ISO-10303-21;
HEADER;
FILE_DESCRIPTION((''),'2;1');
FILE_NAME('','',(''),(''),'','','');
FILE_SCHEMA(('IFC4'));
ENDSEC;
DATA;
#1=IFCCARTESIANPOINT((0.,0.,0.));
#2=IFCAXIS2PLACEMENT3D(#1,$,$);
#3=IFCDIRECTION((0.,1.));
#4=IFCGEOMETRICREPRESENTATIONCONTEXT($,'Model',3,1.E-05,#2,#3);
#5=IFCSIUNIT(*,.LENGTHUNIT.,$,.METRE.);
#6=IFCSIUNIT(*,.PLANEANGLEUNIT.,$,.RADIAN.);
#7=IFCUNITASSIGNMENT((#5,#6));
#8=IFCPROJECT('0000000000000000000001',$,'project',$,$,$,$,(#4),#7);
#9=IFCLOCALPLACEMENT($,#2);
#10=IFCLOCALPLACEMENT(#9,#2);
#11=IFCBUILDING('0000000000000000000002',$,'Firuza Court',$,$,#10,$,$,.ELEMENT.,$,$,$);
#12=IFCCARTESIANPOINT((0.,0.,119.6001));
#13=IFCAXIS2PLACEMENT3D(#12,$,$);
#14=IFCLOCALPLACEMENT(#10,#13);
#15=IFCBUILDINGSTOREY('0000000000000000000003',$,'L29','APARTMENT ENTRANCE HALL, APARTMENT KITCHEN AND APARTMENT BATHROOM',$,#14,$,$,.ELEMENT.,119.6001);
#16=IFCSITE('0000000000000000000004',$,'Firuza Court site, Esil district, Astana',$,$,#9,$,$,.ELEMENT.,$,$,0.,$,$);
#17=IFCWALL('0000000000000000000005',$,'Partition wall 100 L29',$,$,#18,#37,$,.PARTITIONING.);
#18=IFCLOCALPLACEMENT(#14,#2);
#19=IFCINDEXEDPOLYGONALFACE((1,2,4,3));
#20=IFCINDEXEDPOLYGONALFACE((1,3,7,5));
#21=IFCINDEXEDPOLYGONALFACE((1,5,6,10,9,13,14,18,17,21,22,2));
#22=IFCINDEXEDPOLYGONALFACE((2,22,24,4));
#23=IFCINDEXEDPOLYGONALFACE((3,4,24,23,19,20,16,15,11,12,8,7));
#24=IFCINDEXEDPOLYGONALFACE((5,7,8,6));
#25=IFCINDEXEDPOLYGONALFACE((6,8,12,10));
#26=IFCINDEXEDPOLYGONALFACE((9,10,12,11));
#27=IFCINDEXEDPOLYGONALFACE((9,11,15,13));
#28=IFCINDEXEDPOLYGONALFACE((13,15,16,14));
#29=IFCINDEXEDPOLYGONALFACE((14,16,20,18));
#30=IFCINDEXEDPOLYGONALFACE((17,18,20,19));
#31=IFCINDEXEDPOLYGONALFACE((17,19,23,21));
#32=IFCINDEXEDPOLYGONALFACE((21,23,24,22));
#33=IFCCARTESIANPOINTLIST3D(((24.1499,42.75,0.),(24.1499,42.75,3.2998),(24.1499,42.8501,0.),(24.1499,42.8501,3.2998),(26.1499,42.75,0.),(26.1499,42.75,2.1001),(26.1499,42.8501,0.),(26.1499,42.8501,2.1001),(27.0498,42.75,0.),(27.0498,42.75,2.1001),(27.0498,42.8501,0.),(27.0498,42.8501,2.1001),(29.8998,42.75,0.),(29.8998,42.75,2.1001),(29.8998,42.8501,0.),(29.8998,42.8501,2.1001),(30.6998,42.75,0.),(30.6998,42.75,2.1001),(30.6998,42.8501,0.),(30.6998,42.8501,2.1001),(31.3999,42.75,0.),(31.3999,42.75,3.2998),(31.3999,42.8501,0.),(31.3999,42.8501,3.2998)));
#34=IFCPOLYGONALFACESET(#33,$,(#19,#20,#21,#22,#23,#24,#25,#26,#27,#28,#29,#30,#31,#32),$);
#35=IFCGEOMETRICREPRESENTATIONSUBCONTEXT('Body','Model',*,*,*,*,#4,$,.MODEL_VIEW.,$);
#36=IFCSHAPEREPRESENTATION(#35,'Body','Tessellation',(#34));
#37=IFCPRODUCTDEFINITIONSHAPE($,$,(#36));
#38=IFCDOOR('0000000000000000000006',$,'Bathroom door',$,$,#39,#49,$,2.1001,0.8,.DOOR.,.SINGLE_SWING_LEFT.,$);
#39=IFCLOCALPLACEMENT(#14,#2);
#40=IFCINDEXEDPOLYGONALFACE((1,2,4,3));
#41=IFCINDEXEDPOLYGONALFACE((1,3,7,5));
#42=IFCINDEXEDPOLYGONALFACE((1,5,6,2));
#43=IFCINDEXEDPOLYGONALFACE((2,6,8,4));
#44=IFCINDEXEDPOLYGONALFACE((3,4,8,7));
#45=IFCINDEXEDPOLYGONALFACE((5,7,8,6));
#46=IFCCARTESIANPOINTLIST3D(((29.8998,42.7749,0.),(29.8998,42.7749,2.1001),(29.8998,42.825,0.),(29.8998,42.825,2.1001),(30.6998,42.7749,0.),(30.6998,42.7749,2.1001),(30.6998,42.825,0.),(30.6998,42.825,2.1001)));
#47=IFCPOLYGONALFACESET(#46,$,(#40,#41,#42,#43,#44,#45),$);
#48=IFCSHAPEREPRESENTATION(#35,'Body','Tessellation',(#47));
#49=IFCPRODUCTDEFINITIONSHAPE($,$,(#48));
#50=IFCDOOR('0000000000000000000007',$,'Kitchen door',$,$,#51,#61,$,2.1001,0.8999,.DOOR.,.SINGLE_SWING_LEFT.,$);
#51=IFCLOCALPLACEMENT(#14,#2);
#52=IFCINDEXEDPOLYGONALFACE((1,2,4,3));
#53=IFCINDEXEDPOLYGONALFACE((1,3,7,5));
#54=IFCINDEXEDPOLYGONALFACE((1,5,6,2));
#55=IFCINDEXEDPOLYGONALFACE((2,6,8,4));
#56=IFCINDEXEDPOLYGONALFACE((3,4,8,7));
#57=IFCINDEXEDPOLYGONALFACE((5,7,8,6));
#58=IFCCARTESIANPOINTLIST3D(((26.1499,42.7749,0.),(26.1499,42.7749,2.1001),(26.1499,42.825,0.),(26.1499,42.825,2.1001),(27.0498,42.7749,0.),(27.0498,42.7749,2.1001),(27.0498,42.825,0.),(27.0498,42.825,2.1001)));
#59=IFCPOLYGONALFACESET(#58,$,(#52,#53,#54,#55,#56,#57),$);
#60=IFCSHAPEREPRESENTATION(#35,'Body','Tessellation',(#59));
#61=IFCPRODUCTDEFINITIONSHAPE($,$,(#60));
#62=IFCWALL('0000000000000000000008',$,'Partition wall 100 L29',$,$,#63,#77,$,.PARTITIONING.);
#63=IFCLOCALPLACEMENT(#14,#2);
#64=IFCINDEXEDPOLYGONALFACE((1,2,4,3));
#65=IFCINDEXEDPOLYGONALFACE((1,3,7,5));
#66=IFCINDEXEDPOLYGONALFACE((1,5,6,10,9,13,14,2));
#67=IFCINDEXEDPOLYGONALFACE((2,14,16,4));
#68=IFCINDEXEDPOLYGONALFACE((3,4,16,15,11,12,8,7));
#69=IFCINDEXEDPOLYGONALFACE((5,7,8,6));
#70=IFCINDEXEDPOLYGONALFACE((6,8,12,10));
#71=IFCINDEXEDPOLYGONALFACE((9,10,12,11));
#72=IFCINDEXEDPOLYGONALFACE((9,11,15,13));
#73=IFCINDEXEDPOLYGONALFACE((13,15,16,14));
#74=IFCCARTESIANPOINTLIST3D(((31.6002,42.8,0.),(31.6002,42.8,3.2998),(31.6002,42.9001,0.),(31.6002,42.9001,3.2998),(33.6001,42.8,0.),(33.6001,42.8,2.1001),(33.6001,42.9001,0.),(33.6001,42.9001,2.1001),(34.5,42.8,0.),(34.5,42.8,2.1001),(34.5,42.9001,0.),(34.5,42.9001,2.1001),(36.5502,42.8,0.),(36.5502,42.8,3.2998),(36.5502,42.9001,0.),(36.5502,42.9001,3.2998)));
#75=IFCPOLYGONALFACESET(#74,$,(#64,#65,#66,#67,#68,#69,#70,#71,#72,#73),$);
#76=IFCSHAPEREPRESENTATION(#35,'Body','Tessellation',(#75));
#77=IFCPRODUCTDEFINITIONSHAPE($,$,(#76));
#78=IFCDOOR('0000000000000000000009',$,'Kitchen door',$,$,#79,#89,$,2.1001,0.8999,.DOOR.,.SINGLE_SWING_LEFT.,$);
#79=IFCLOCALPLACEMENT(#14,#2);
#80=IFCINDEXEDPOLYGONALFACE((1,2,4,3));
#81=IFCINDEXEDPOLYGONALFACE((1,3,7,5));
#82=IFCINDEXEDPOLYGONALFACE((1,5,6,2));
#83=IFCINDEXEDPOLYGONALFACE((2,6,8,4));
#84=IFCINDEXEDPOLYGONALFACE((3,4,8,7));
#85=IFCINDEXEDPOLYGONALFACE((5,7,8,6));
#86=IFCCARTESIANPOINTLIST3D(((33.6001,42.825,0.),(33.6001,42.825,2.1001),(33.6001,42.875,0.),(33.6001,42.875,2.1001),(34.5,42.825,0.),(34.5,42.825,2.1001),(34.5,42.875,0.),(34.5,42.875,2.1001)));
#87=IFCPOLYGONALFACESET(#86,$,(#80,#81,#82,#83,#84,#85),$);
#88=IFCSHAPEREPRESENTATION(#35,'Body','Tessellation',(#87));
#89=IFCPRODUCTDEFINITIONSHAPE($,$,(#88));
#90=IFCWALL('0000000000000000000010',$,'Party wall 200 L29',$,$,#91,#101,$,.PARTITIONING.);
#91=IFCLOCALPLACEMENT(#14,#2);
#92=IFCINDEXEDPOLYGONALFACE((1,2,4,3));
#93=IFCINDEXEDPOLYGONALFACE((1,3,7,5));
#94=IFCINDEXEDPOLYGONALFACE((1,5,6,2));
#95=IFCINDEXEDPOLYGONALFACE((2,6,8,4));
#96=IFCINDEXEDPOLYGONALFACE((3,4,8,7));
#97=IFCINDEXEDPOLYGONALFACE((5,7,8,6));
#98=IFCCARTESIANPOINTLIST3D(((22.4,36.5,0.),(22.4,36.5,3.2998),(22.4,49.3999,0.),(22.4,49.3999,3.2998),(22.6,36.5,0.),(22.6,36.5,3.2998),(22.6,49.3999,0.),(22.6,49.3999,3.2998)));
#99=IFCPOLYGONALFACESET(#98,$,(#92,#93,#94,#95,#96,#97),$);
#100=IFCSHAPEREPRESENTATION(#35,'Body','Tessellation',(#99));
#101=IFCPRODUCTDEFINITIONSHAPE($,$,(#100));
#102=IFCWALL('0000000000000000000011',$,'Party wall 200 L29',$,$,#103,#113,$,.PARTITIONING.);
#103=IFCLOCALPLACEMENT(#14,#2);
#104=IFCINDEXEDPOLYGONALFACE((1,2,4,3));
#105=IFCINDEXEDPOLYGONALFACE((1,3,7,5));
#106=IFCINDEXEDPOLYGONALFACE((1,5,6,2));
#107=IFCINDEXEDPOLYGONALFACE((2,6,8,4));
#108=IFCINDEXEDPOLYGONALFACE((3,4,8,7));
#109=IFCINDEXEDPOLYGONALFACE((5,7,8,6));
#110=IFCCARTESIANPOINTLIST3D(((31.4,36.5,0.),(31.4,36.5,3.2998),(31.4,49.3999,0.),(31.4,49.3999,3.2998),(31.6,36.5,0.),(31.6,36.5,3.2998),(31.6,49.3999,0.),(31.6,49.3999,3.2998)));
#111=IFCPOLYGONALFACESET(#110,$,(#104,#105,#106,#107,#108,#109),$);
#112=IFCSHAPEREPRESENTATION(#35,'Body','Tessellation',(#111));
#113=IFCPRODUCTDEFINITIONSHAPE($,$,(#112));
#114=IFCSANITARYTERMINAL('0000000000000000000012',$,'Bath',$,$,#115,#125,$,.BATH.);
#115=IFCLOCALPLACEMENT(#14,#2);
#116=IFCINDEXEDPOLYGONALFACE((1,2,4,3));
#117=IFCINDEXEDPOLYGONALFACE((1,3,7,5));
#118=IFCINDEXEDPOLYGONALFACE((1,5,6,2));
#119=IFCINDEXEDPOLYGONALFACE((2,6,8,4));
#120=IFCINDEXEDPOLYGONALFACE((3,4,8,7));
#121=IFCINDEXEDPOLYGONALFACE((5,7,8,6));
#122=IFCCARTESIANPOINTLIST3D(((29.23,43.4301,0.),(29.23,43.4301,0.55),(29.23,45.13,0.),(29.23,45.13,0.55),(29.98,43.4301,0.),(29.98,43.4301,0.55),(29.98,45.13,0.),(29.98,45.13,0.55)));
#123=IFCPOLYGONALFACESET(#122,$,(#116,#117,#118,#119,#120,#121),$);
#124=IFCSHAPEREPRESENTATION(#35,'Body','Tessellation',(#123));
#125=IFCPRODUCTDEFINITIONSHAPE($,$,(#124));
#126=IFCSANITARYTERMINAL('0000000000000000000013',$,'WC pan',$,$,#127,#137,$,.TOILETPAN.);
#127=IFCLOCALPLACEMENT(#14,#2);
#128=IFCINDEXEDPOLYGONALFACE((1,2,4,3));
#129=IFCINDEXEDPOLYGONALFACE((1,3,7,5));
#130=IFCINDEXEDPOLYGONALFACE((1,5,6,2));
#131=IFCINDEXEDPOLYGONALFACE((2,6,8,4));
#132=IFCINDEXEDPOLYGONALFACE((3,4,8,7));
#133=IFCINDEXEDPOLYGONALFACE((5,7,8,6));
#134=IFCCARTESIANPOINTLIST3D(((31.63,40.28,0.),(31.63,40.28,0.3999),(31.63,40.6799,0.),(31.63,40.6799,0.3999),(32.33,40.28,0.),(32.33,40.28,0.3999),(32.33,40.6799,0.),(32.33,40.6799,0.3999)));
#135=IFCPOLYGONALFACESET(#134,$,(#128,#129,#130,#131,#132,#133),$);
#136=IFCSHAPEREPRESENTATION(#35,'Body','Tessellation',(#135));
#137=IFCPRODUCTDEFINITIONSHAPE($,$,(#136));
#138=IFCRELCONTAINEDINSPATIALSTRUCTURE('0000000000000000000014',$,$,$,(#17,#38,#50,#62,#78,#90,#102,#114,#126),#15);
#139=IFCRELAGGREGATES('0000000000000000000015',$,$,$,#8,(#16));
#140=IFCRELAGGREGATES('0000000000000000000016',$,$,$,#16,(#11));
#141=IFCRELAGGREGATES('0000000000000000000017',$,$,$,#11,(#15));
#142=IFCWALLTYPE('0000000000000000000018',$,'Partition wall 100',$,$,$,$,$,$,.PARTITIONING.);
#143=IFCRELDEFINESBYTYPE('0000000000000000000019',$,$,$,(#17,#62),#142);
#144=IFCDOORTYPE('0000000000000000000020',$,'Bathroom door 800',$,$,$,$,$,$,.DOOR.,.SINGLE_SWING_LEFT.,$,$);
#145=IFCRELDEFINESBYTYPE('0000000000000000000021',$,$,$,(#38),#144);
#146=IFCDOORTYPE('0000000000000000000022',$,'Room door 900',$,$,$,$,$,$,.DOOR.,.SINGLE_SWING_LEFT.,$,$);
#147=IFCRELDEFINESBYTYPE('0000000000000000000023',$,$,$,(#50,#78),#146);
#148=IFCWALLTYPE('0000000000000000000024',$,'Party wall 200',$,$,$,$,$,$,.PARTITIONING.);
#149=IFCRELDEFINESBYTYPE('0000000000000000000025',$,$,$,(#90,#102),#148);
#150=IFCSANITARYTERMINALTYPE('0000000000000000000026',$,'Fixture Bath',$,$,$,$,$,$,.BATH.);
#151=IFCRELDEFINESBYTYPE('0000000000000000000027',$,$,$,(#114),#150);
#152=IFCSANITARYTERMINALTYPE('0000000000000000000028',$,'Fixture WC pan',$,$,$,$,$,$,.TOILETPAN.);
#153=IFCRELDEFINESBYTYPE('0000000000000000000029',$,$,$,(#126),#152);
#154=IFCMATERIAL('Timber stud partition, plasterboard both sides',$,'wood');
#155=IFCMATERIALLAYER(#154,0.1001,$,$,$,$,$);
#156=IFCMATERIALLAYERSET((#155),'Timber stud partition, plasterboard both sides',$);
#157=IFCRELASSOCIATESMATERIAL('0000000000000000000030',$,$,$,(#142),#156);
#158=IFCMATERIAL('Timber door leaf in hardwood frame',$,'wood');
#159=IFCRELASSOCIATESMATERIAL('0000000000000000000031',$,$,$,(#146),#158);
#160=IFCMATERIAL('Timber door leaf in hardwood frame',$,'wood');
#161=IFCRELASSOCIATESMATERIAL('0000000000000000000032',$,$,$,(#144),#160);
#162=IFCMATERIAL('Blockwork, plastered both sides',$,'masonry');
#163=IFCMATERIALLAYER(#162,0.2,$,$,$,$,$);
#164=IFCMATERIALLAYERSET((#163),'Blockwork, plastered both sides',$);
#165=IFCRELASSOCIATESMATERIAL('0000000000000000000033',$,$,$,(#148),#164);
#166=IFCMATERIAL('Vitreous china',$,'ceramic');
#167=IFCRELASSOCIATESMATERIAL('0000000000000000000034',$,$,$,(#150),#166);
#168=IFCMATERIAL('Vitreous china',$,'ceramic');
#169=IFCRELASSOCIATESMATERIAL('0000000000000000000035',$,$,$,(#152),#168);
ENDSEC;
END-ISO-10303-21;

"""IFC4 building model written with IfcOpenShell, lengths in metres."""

from ifc_helpers import new_model, si_unit, direction, frame, frame_2d, origin, origin_2d, place, context, subcontext, project, spatial, rectangle, extrude, material, layer, layer_set, type_object, element, fill, save


model = new_model("IFC4")

# Units and contexts
model_context = context("Model", 3, precision=1e-05, world=origin(), true_north=direction((0.0, 1.0)))
body_context = subcontext(model_context, "Body", "Model", "MODEL_VIEW")
ifc_project = project(units=[si_unit("LENGTHUNIT", "METRE"), si_unit("PLANEANGLEUNIT", "RADIAN")], contexts=[model_context])

# Site, building, storey
site_placement = place(None, origin())
site = spatial("IfcSite", under=ifc_project, at=site_placement, Name="Firuza Court site, Esil district, Astana", CompositionType="ELEMENT", RefElevation=0.0)
building_placement = place(site_placement, origin())
building = spatial("IfcBuilding", under=site, at=building_placement, Name="Firuza Court", CompositionType="ELEMENT")
storey_placement = place(building_placement, frame((0.0, 0.0, 119.6001)))
storey = spatial("IfcBuildingStorey", under=building, at=storey_placement, Name="L29", Description="APARTMENT ENTRANCE HALL, APARTMENT KITCHEN AND APARTMENT BATHROOM", CompositionType="ELEMENT", Elevation=119.6001)

# Shared definitions
ifc_material_1 = material(Name="Timber stud partition, plasterboard both sides", Category="wood")
ifc_layer_1 = layer(ifc_material_1, 0.1001)
ifc_layer_set_1 = layer_set([ifc_layer_1], Name="Timber stud partition, plasterboard both sides")
wall_type_1 = type_object("IfcWallType", Name="Partition wall 100", PredefinedType="PARTITIONING", material=ifc_layer_set_1)

# Shared definitions
ifc_material_2 = material(Name="Timber door leaf in hardwood frame", Category="wood")
door_type_1 = type_object("IfcDoorType", Name="Room door 900", OperationType="SINGLE_SWING_LEFT", PredefinedType="DOOR", material=ifc_material_2)

# Wall, openings, doors
wall_1_placement = place(storey_placement, frame((24.1499, 42.8, 0.0), z_axis=(0.0, 0.0, 1.0), x_axis=(1.0, 0.0, 0.0)))
wall_1 = element("IfcWall", 1, at=wall_1_placement, inside=storey, type_object=wall_type_1, Name="Partition wall 100 L29", PredefinedType="PARTITIONING", context=body_context, shape_type="SweptSolid", body=[
    extrude(rectangle(XDim=7.25, YDim=0.1001, at=frame_2d((3.625, 0.0))), origin(), (0.0, 0.0, 1.0), 3.2998),
])
opening_1_placement = place(wall_1_placement, frame((5.75, 0.0, 0.0)))
opening_1 = element("IfcOpeningElement", 2, at=opening_1_placement, cuts=wall_1, PredefinedType="OPENING", context=body_context, shape_type="SweptSolid", body=[
    extrude(rectangle(XDim=0.8, YDim=2.1001, at=frame_2d((0.3999, 1.05))), frame((0.0, 0.062, 0.0), z_axis=(0.0, -1.0, 0.0), x_axis=(1.0, 0.0, 0.0)), (0.0, 0.0, 1.0), 0.124),
])
opening_2_placement = place(wall_1_placement, frame((2.0, 0.0, 0.0)))
opening_2 = element("IfcOpeningElement", 3, at=opening_2_placement, cuts=wall_1, PredefinedType="OPENING", context=body_context, shape_type="SweptSolid", body=[
    extrude(rectangle(XDim=0.8999, YDim=2.1001, at=frame_2d((0.45, 1.05))), frame((0.0, 0.062, 0.0), z_axis=(0.0, -1.0, 0.0), x_axis=(1.0, 0.0, 0.0)), (0.0, 0.0, 1.0), 0.124),
])
ifc_material_3 = material(Name="Timber door leaf in hardwood frame", Category="wood")
door_type_2 = type_object("IfcDoorType", Name="Bathroom door 800", OperationType="SINGLE_SWING_LEFT", PredefinedType="DOOR", material=ifc_material_3)
door_1_placement = place(opening_1_placement, origin())
door_1 = element("IfcDoor", 4, at=door_1_placement, inside=storey, type_object=door_type_2, Name="Bathroom door", OperationType="SINGLE_SWING_LEFT", OverallHeight=2.1001, OverallWidth=0.8, PredefinedType="DOOR", context=body_context, shape_type="SweptSolid", body=[
    extrude(rectangle(XDim=0.8, YDim=2.1001, at=frame_2d((0.3999, 1.05))), frame((0.0, 0.0249, 0.0), z_axis=(0.0, -1.0, 0.0), x_axis=(1.0, 0.0, 0.0)), (0.0, 0.0, 1.0), 0.05),
])
fill(opening_1, door_1)
door_2_placement = place(opening_2_placement, origin())
door_2 = element("IfcDoor", 5, at=door_2_placement, inside=storey, type_object=door_type_1, Name="Kitchen door", OperationType="SINGLE_SWING_LEFT", OverallHeight=2.1001, OverallWidth=0.8999, PredefinedType="DOOR", context=body_context, shape_type="SweptSolid", body=[
    extrude(rectangle(XDim=0.8999, YDim=2.1001, at=frame_2d((0.45, 1.05))), frame((0.0, 0.0249, 0.0), z_axis=(0.0, -1.0, 0.0), x_axis=(1.0, 0.0, 0.0)), (0.0, 0.0, 1.0), 0.05),
])
fill(opening_2, door_2)

# Wall, opening, door
wall_2_placement = place(storey_placement, frame((31.6001, 42.8501, 0.0), z_axis=(0.0, 0.0, 1.0), x_axis=(1.0, 0.0, 0.0)))
wall_2 = element("IfcWall", 6, at=wall_2_placement, inside=storey, type_object=wall_type_1, Name="Partition wall 100 L29", PredefinedType="PARTITIONING", context=body_context, shape_type="SweptSolid", body=[
    extrude(rectangle(XDim=4.95, YDim=0.1001, at=frame_2d((2.4751, 0.0))), origin(), (0.0, 0.0, 1.0), 3.2998),
])
opening_3_placement = place(wall_2_placement, frame((2.0, 0.0, 0.0)))
opening_3 = element("IfcOpeningElement", 7, at=opening_3_placement, cuts=wall_2, PredefinedType="OPENING", context=body_context, shape_type="SweptSolid", body=[
    extrude(rectangle(XDim=0.8999, YDim=2.1001, at=frame_2d((0.45, 1.05))), frame((0.0, 0.062, 0.0), z_axis=(0.0, -1.0, 0.0), x_axis=(1.0, 0.0, 0.0)), (0.0, 0.0, 1.0), 0.124),
])
door_3_placement = place(opening_3_placement, origin())
door_3 = element("IfcDoor", 8, at=door_3_placement, inside=storey, type_object=door_type_1, Name="Kitchen door", OperationType="SINGLE_SWING_LEFT", OverallHeight=2.1001, OverallWidth=0.8999, PredefinedType="DOOR", context=body_context, shape_type="SweptSolid", body=[
    extrude(rectangle(XDim=0.8999, YDim=2.1001, at=frame_2d((0.45, 1.05))), frame((0.0, 0.0249, 0.0), z_axis=(0.0, -1.0, 0.0), x_axis=(1.0, 0.0, 0.0)), (0.0, 0.0, 1.0), 0.05),
])
fill(opening_3, door_3)

# Walls
ifc_material_4 = material(Name="Blockwork, plastered both sides", Category="masonry")
ifc_layer_2 = layer(ifc_material_4, 0.2)
ifc_layer_set_2 = layer_set([ifc_layer_2], Name="Blockwork, plastered both sides")
wall_type_2 = type_object("IfcWallType", Name="Party wall 200", PredefinedType="PARTITIONING", material=ifc_layer_set_2)
for number, where, z_axis, x_axis, name in (
    (9, (22.5, 36.5, 0.0), (0.0, 0.0, 1.0), (0.0, 1.0, 0.0), "Party wall 200 L29"),
    (10, (31.5, 36.5, 0.0), (0.0, 0.0, 1.0), (0.0, 1.0, 0.0), "Party wall 200 L29"),
):
    element("IfcWall", number, at=place(storey_placement, frame(where, z_axis=z_axis, x_axis=x_axis)), inside=storey, type_object=wall_type_2, Name=name, PredefinedType="PARTITIONING", context=body_context, shape_type="SweptSolid", body=[
        extrude(rectangle(XDim=12.8999, YDim=0.2, at=frame_2d((6.45, 0.0))), origin(), (0.0, 0.0, 1.0), 3.2998),
    ])

# Sanitary terminals
ifc_material_5 = material(Name="Vitreous china", Category="ceramic")
sanitary_terminal_type_1 = type_object("IfcSanitaryTerminalType", Name="Fixture Bath", PredefinedType="BATH", material=ifc_material_5)
sanitary_terminal_1_placement = place(storey_placement, frame((29.605, 44.28, 0.0), z_axis=(0.0, 0.0, 1.0), x_axis=(1.0, 0.0, 0.0)))
element("IfcSanitaryTerminal", 11, at=sanitary_terminal_1_placement, inside=storey, type_object=sanitary_terminal_type_1, Name="Bath", PredefinedType="BATH", context=body_context, shape_type="SweptSolid", body=[
    extrude(rectangle(XDim=0.75, YDim=1.7, at=origin_2d()), origin(), (0.0, 0.0, 1.0), 0.55),
])
ifc_material_6 = material(Name="Vitreous china", Category="ceramic")
sanitary_terminal_type_2 = type_object("IfcSanitaryTerminalType", Name="Fixture WC pan", PredefinedType="TOILETPAN", material=ifc_material_6)
sanitary_terminal_2_placement = place(storey_placement, frame((31.98, 40.48, 0.0), z_axis=(0.0, 0.0, 1.0), x_axis=(1.0, 0.0, 0.0)))
element("IfcSanitaryTerminal", 12, at=sanitary_terminal_2_placement, inside=storey, type_object=sanitary_terminal_type_2, Name="WC pan", PredefinedType="TOILETPAN", context=body_context, shape_type="SweptSolid", body=[
    extrude(rectangle(XDim=0.7, YDim=0.3999, at=origin_2d()), origin(), (0.0, 0.0, 1.0), 0.3999),
])

save(model, "model.ifc")
